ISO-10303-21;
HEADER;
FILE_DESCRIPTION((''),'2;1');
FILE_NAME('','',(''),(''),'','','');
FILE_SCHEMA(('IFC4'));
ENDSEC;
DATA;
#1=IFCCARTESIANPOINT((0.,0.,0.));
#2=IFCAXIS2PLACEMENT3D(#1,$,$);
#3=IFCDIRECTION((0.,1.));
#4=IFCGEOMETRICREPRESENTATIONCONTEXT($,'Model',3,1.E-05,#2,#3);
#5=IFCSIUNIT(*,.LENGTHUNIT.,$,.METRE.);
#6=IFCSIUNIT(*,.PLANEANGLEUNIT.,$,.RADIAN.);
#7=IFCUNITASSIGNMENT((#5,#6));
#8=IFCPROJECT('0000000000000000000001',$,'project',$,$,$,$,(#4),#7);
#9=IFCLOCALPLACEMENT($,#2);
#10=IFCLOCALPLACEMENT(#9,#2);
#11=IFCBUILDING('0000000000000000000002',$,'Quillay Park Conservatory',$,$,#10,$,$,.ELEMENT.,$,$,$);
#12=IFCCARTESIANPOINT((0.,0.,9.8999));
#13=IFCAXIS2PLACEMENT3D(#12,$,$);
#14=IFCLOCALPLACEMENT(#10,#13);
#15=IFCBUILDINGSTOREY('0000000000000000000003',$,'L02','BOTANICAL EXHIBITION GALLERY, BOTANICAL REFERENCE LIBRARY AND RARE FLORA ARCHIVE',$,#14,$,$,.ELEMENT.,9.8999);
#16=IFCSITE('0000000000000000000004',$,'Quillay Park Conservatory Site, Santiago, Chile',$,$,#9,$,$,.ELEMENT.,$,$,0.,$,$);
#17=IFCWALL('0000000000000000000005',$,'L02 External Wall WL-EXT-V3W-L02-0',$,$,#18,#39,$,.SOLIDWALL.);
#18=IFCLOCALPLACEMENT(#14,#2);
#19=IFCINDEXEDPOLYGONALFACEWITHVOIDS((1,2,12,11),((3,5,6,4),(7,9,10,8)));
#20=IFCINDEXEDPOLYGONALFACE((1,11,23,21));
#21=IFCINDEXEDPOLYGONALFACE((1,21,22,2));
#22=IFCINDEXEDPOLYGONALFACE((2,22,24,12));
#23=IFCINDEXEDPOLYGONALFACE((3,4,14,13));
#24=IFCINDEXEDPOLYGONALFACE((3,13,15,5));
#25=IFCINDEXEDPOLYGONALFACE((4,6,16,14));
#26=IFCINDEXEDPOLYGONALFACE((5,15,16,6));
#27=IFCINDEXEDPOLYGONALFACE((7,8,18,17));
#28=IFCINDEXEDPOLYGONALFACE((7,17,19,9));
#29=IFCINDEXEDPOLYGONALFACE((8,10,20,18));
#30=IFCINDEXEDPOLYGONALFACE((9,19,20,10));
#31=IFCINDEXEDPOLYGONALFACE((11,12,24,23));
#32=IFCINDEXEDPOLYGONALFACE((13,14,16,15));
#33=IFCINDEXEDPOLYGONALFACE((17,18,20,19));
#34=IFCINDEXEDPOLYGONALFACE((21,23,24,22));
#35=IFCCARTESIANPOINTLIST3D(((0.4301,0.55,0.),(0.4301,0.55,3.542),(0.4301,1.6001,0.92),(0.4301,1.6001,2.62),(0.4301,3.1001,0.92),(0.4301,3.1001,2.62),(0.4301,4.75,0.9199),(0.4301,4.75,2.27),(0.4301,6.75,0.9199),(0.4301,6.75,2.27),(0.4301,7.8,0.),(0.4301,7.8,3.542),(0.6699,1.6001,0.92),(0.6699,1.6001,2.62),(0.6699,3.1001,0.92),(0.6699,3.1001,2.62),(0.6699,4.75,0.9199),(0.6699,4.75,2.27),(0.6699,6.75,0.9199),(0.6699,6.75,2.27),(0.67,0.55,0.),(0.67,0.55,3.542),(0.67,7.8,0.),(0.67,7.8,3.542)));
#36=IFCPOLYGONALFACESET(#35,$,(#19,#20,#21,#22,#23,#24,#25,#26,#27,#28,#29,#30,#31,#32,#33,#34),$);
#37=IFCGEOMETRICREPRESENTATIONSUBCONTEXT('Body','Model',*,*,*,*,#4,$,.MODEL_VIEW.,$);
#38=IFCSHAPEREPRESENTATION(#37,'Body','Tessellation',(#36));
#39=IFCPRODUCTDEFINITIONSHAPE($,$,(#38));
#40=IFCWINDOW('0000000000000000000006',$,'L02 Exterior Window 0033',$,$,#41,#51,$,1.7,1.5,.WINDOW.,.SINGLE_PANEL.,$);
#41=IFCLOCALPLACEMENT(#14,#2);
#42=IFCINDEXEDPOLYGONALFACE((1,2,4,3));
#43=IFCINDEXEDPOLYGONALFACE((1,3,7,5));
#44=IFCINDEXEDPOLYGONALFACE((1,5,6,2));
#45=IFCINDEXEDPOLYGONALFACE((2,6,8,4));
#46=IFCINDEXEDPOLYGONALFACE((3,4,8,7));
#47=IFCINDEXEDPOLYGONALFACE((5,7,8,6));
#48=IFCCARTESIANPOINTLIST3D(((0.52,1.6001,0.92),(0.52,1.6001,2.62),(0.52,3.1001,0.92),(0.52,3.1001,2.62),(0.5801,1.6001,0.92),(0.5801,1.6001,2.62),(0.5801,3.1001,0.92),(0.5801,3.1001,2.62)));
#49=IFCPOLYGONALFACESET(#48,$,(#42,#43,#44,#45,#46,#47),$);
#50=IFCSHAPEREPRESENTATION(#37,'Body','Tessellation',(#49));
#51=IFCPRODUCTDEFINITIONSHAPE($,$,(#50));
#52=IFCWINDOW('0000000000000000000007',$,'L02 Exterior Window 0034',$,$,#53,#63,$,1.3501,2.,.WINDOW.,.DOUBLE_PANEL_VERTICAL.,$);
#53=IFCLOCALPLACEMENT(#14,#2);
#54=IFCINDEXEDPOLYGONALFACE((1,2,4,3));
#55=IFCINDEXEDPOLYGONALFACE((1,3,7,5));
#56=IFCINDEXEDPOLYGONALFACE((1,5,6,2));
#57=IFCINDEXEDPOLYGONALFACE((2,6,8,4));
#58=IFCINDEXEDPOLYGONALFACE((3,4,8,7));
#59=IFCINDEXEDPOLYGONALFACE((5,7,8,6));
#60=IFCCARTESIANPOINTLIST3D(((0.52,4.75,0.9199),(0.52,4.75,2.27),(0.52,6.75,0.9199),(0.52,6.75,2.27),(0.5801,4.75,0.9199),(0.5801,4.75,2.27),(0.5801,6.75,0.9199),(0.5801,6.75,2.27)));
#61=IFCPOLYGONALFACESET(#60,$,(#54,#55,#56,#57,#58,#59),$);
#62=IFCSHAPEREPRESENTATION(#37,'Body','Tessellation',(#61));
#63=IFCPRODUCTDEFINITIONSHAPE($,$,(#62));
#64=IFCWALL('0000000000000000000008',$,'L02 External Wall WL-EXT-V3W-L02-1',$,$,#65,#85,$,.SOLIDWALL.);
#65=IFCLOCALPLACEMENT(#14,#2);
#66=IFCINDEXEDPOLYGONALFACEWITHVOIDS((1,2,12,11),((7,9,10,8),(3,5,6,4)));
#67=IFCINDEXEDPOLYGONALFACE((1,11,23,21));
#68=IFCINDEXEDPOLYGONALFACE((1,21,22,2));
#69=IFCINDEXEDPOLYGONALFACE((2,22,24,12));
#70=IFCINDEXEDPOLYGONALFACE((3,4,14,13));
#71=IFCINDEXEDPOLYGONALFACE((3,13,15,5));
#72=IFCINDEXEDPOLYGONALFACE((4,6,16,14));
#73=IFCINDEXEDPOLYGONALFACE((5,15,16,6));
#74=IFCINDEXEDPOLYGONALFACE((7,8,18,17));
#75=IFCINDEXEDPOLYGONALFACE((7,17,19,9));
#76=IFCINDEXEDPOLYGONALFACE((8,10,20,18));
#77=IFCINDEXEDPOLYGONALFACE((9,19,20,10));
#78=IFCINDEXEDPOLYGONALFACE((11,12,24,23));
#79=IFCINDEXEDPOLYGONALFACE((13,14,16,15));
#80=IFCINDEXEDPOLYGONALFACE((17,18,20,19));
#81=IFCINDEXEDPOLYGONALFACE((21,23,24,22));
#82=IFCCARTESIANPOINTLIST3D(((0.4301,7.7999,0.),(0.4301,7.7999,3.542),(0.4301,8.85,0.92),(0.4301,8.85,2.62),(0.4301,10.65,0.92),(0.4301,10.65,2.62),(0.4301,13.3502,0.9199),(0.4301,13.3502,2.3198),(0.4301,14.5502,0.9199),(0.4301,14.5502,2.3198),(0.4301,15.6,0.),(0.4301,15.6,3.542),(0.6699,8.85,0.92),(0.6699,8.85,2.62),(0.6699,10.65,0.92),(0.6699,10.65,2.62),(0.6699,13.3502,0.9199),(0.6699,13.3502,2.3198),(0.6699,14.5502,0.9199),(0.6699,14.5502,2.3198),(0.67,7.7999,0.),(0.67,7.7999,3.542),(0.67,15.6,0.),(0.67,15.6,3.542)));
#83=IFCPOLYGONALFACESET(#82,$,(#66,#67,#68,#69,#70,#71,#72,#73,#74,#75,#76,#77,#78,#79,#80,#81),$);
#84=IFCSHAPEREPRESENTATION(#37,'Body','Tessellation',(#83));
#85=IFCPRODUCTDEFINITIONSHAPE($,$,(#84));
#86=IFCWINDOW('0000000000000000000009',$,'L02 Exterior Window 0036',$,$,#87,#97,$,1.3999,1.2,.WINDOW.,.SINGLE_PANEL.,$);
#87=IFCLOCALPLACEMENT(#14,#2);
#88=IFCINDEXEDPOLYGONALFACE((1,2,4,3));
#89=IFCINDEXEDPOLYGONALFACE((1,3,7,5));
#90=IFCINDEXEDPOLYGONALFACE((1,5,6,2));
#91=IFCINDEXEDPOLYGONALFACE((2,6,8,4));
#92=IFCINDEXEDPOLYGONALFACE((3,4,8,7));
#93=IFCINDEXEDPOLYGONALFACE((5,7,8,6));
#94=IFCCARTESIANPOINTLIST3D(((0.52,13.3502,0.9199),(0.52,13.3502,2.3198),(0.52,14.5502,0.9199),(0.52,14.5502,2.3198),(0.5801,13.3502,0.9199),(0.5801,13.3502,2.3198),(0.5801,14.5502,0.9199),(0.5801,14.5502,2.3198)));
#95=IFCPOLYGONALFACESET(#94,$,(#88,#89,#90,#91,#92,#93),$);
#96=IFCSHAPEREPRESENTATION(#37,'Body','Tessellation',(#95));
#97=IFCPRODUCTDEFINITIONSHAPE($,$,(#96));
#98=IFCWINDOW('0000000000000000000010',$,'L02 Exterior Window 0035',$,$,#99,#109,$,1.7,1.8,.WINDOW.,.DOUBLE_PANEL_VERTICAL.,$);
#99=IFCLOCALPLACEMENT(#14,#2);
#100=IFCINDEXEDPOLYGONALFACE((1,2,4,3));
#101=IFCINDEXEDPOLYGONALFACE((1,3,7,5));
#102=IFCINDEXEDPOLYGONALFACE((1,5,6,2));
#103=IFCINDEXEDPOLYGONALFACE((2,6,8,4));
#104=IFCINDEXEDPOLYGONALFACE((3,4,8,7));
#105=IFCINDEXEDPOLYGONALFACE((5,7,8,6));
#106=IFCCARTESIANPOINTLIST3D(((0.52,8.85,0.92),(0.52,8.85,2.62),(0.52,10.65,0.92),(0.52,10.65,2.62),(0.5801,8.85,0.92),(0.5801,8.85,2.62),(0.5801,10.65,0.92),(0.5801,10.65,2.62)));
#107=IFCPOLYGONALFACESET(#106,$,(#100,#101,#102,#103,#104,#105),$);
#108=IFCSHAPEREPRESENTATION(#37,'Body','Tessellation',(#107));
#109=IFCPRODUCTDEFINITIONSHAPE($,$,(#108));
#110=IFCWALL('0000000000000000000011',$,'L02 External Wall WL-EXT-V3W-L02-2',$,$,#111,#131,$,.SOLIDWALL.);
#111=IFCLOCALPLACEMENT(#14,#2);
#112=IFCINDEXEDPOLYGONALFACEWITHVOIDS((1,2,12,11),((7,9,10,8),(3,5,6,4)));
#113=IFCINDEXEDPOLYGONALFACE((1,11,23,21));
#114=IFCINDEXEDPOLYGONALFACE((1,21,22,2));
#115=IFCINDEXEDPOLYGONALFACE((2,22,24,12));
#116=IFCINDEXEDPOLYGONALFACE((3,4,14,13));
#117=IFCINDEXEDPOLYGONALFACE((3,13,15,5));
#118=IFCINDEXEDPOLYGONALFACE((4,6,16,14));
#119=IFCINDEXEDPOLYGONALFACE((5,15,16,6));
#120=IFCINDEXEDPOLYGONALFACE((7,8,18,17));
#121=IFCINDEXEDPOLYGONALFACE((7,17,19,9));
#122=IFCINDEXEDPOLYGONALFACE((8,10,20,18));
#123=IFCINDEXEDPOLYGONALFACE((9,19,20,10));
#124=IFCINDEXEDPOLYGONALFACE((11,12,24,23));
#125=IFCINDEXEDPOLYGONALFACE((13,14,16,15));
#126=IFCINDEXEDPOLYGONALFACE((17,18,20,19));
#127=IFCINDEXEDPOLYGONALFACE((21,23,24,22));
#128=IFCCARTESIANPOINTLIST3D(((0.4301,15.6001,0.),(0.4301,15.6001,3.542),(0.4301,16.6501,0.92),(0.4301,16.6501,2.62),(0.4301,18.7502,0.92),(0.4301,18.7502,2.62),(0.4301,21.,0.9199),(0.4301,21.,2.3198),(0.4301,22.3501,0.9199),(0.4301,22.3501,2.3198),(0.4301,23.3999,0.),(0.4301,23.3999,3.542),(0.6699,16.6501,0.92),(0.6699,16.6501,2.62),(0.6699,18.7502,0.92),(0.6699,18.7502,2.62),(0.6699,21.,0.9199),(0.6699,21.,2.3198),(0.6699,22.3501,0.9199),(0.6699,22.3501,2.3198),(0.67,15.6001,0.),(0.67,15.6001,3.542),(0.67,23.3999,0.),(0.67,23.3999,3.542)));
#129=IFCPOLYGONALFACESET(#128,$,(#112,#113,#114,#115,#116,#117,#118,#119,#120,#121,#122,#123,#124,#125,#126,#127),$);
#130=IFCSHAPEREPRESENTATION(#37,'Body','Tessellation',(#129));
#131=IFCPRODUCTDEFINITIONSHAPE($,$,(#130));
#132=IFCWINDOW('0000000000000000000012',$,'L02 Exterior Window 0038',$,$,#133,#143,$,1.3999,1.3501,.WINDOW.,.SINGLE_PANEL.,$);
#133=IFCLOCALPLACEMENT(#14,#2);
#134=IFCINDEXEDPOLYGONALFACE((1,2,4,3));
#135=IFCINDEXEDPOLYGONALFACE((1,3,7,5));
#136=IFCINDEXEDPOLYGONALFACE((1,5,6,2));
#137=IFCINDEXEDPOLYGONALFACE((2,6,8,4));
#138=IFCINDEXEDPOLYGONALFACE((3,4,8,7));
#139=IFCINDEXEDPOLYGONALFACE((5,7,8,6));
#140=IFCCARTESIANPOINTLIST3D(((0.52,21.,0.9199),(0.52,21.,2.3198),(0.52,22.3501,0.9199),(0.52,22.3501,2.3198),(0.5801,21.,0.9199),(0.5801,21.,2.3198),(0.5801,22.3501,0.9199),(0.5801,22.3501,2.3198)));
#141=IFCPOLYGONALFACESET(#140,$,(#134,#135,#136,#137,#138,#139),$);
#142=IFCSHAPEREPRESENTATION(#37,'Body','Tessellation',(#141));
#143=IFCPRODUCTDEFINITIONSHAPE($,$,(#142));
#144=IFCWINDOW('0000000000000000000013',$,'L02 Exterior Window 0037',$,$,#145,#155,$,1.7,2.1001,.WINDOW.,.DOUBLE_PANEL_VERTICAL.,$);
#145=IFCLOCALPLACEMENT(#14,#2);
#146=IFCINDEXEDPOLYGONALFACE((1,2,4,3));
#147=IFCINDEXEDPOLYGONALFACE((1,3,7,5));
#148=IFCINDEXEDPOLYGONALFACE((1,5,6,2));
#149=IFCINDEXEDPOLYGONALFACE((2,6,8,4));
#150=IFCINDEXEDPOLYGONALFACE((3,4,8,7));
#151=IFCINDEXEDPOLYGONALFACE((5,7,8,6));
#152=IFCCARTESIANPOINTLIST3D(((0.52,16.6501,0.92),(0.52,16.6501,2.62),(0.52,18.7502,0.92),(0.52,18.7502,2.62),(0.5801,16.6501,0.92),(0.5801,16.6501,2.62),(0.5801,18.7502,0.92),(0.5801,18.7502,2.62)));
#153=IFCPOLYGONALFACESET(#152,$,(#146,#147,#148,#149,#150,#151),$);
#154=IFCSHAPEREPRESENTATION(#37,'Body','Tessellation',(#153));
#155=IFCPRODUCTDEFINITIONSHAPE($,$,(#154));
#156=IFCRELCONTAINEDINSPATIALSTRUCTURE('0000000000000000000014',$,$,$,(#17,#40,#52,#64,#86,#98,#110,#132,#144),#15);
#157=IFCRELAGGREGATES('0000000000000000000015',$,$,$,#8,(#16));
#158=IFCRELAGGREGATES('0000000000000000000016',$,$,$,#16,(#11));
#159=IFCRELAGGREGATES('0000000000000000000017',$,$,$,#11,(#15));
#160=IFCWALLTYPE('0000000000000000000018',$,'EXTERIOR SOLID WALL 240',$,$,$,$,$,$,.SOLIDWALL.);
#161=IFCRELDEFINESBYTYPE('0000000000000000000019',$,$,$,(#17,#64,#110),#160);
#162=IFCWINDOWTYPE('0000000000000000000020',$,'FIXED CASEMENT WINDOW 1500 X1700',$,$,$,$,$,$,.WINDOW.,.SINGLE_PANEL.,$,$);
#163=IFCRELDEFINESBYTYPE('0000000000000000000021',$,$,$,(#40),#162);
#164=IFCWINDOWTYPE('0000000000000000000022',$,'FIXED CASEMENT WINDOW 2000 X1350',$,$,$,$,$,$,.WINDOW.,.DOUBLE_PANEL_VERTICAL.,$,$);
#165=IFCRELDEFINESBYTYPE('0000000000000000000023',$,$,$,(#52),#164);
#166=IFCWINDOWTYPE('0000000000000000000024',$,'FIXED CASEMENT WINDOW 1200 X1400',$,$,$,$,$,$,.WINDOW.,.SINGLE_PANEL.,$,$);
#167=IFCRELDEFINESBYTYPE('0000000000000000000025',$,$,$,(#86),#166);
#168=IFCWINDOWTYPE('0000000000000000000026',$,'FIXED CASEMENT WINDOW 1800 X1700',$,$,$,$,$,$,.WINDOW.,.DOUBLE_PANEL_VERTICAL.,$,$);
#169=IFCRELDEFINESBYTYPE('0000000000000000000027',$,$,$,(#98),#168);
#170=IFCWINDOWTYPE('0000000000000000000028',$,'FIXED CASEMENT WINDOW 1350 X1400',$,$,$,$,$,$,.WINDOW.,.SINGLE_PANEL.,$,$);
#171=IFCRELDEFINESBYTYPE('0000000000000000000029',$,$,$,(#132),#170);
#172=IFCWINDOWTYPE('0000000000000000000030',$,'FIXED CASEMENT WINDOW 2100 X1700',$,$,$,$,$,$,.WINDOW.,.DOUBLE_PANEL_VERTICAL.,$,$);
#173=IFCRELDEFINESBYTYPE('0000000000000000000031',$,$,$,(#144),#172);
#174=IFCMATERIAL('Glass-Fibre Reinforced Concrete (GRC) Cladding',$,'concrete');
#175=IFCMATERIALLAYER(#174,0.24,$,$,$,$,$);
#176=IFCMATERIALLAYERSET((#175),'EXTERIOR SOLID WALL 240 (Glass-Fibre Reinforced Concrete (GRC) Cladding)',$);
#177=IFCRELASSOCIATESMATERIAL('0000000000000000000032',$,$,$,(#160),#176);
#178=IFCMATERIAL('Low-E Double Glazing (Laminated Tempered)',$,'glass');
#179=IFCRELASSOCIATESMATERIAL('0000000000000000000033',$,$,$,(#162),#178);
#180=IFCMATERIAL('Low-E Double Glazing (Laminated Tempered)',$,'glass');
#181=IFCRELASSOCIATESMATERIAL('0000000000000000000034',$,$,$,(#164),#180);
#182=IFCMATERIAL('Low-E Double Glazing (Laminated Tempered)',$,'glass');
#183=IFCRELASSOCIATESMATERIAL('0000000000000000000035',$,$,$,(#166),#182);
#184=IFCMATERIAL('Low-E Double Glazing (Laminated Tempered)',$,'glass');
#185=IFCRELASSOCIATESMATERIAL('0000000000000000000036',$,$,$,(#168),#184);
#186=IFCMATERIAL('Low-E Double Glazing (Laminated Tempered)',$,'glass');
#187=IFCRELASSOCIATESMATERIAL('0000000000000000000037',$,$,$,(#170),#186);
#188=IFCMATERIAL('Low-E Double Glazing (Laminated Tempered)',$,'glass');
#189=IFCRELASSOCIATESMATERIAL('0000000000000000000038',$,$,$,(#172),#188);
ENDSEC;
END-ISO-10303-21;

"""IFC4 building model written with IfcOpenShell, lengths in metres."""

from ifc_helpers import new_model, si_unit, direction, frame, frame_2d, origin, place, context, subcontext, project, spatial, rectangle, extrude, material, layer, layer_set, type_object, element, fill, save


model = new_model("IFC4")

# Units and contexts
model_context = context("Model", 3, precision=1e-05, world=origin(), true_north=direction((0.0, 1.0)))
body_context = subcontext(model_context, "Body", "Model", "MODEL_VIEW")
ifc_project = project(units=[si_unit("LENGTHUNIT", "METRE"), si_unit("PLANEANGLEUNIT", "RADIAN")], contexts=[model_context])

# Site, building, storey
site_placement = place(None, origin())
site = spatial("IfcSite", under=ifc_project, at=site_placement, Name="Quillay Park Conservatory Site, Santiago, Chile", CompositionType="ELEMENT", RefElevation=0.0)
building_placement = place(site_placement, origin())
building = spatial("IfcBuilding", under=site, at=building_placement, Name="Quillay Park Conservatory", CompositionType="ELEMENT")
storey_placement = place(building_placement, frame((0.0, 0.0, 9.8999)))
storey = spatial("IfcBuildingStorey", under=building, at=storey_placement, Name="L02", Description="BOTANICAL EXHIBITION GALLERY, BOTANICAL REFERENCE LIBRARY AND RARE FLORA ARCHIVE", CompositionType="ELEMENT", Elevation=9.8999)

# Walls, openings, windows
ifc_material_1 = material(Name="Glass-Fibre Reinforced Concrete (GRC) Cladding", Category="concrete")
ifc_layer_1 = layer(ifc_material_1, 0.24)
ifc_layer_set_1 = layer_set([ifc_layer_1], Name="EXTERIOR SOLID WALL 240 (Glass-Fibre Reinforced Concrete (GRC) Cladding)")
wall_type_1 = type_object("IfcWallType", Name="EXTERIOR SOLID WALL 240", PredefinedType="SOLIDWALL", material=ifc_layer_set_1)
wall_1_placement = place(storey_placement, frame((0.55, 0.55, 0.0), z_axis=(0.0, 0.0, 1.0), x_axis=(0.0, 1.0, 0.0)))
wall_1 = element("IfcWall", 1, at=wall_1_placement, inside=storey, type_object=wall_type_1, Name="L02 External Wall WL-EXT-V3W-L02-0", PredefinedType="SOLIDWALL", context=body_context, shape_type="SweptSolid", body=[
    extrude(rectangle(XDim=7.25, YDim=0.24, at=frame_2d((3.625, 0.0))), origin(), (0.0, 0.0, 1.0), 3.542),
])
opening_1_placement = place(wall_1_placement, frame((1.05, 0.0, 0.9199)))
opening_1 = element("IfcOpeningElement", 2, at=opening_1_placement, cuts=wall_1, PredefinedType="OPENING", context=body_context, shape_type="SweptSolid", body=[
    extrude(rectangle(XDim=1.5, YDim=1.7, at=frame_2d((0.75, 0.8501))), frame((0.0, 0.1201, 0.0), z_axis=(0.0, -1.0, 0.0), x_axis=(1.0, 0.0, 0.0)), (0.0, 0.0, 1.0), 0.24),
])
opening_2_placement = place(wall_1_placement, frame((4.2, 0.0, 0.9199)))
opening_2 = element("IfcOpeningElement", 3, at=opening_2_placement, cuts=wall_1, PredefinedType="OPENING", context=body_context, shape_type="SweptSolid", body=[
    extrude(rectangle(XDim=2.0, YDim=1.3501, at=frame_2d((1.0, 0.675))), frame((0.0, 0.1201, 0.0), z_axis=(0.0, -1.0, 0.0), x_axis=(1.0, 0.0, 0.0)), (0.0, 0.0, 1.0), 0.24),
])
ifc_material_2 = material(Name="Low-E Double Glazing (Laminated Tempered)", Category="glass")
window_type_1 = type_object("IfcWindowType", Name="FIXED CASEMENT WINDOW 1500 X1700", PartitioningType="SINGLE_PANEL", PredefinedType="WINDOW", material=ifc_material_2)
window_1_placement = place(opening_1_placement, origin())
window_1 = element("IfcWindow", 4, at=window_1_placement, inside=storey, type_object=window_type_1, Name="L02 Exterior Window 0033", OverallHeight=1.7, OverallWidth=1.5, PartitioningType="SINGLE_PANEL", PredefinedType="WINDOW", context=body_context, shape_type="SweptSolid", body=[
    extrude(rectangle(XDim=1.5, YDim=1.7, at=frame_2d((0.75, 0.8501))), frame((0.0, 0.03, 0.0), z_axis=(0.0, -1.0, 0.0), x_axis=(1.0, 0.0, 0.0)), (0.0, 0.0, 1.0), 0.0601),
])
fill(opening_1, window_1)
ifc_material_3 = material(Name="Low-E Double Glazing (Laminated Tempered)", Category="glass")
window_type_2 = type_object("IfcWindowType", Name="FIXED CASEMENT WINDOW 2000 X1350", PartitioningType="DOUBLE_PANEL_VERTICAL", PredefinedType="WINDOW", material=ifc_material_3)
window_2_placement = place(opening_2_placement, origin())
window_2 = element("IfcWindow", 5, at=window_2_placement, inside=storey, type_object=window_type_2, Name="L02 Exterior Window 0034", OverallHeight=1.3501, OverallWidth=2.0, PartitioningType="DOUBLE_PANEL_VERTICAL", PredefinedType="WINDOW", context=body_context, shape_type="SweptSolid", body=[
    extrude(rectangle(XDim=2.0, YDim=1.3501, at=frame_2d((1.0, 0.675))), frame((0.0, 0.03, 0.0), z_axis=(0.0, -1.0, 0.0), x_axis=(1.0, 0.0, 0.0)), (0.0, 0.0, 1.0), 0.0601),
])
fill(opening_2, window_2)
wall_2_placement = place(storey_placement, frame((0.55, 7.8, 0.0), z_axis=(0.0, 0.0, 1.0), x_axis=(0.0, 1.0, 0.0)))
wall_2 = element("IfcWall", 6, at=wall_2_placement, inside=storey, type_object=wall_type_1, Name="L02 External Wall WL-EXT-V3W-L02-1", PredefinedType="SOLIDWALL", context=body_context, shape_type="SweptSolid", body=[
    extrude(rectangle(XDim=7.8, YDim=0.24, at=frame_2d((3.8999, 0.0))), origin(), (0.0, 0.0, 1.0), 3.542),
])
opening_3_placement = place(wall_2_placement, frame((1.05, 0.0, 0.9199)))
opening_3 = element("IfcOpeningElement", 7, at=opening_3_placement, cuts=wall_2, PredefinedType="OPENING", context=body_context, shape_type="SweptSolid", body=[
    extrude(rectangle(XDim=1.8, YDim=1.7, at=frame_2d((0.8999, 0.8501))), frame((0.0, 0.1201, 0.0), z_axis=(0.0, -1.0, 0.0), x_axis=(1.0, 0.0, 0.0)), (0.0, 0.0, 1.0), 0.24),
])
opening_4_placement = place(wall_2_placement, frame((5.55, 0.0, 0.9199)))
opening_4 = element("IfcOpeningElement", 8, at=opening_4_placement, cuts=wall_2, PredefinedType="OPENING", context=body_context, shape_type="SweptSolid", body=[
    extrude(rectangle(XDim=1.2, YDim=1.3999, at=frame_2d((0.6001, 0.7))), frame((0.0, 0.1201, 0.0), z_axis=(0.0, -1.0, 0.0), x_axis=(1.0, 0.0, 0.0)), (0.0, 0.0, 1.0), 0.24),
])
ifc_material_4 = material(Name="Low-E Double Glazing (Laminated Tempered)", Category="glass")
window_type_3 = type_object("IfcWindowType", Name="FIXED CASEMENT WINDOW 1200 X1400", PartitioningType="SINGLE_PANEL", PredefinedType="WINDOW", material=ifc_material_4)
window_3_placement = place(opening_4_placement, origin())
window_3 = element("IfcWindow", 9, at=window_3_placement, inside=storey, type_object=window_type_3, Name="L02 Exterior Window 0036", OverallHeight=1.3999, OverallWidth=1.2, PartitioningType="SINGLE_PANEL", PredefinedType="WINDOW", context=body_context, shape_type="SweptSolid", body=[
    extrude(rectangle(XDim=1.2, YDim=1.3999, at=frame_2d((0.6001, 0.7))), frame((0.0, 0.03, 0.0), z_axis=(0.0, -1.0, 0.0), x_axis=(1.0, 0.0, 0.0)), (0.0, 0.0, 1.0), 0.0601),
])
fill(opening_4, window_3)
ifc_material_5 = material(Name="Low-E Double Glazing (Laminated Tempered)", Category="glass")
window_type_4 = type_object("IfcWindowType", Name="FIXED CASEMENT WINDOW 1800 X1700", PartitioningType="DOUBLE_PANEL_VERTICAL", PredefinedType="WINDOW", material=ifc_material_5)
window_4_placement = place(opening_3_placement, origin())
window_4 = element("IfcWindow", 10, at=window_4_placement, inside=storey, type_object=window_type_4, Name="L02 Exterior Window 0035", OverallHeight=1.7, OverallWidth=1.8, PartitioningType="DOUBLE_PANEL_VERTICAL", PredefinedType="WINDOW", context=body_context, shape_type="SweptSolid", body=[
    extrude(rectangle(XDim=1.8, YDim=1.7, at=frame_2d((0.8999, 0.8501))), frame((0.0, 0.03, 0.0), z_axis=(0.0, -1.0, 0.0), x_axis=(1.0, 0.0, 0.0)), (0.0, 0.0, 1.0), 0.0601),
])
fill(opening_3, window_4)
wall_3_placement = place(storey_placement, frame((0.55, 15.6001, 0.0), z_axis=(0.0, 0.0, 1.0), x_axis=(0.0, 1.0, 0.0)))
wall_3 = element("IfcWall", 11, at=wall_3_placement, inside=storey, type_object=wall_type_1, Name="L02 External Wall WL-EXT-V3W-L02-2", PredefinedType="SOLIDWALL", context=body_context, shape_type="SweptSolid", body=[
    extrude(rectangle(XDim=7.7998, YDim=0.24, at=frame_2d((3.8999, 0.0))), origin(), (0.0, 0.0, 1.0), 3.542),
])
opening_5_placement = place(wall_3_placement, frame((1.05, 0.0, 0.9199)))
opening_5 = element("IfcOpeningElement", 12, at=opening_5_placement, cuts=wall_3, PredefinedType="OPENING", context=body_context, shape_type="SweptSolid", body=[
    extrude(rectangle(XDim=2.1001, YDim=1.7, at=frame_2d((1.05, 0.8501))), frame((0.0, 0.1201, 0.0), z_axis=(0.0, -1.0, 0.0), x_axis=(1.0, 0.0, 0.0)), (0.0, 0.0, 1.0), 0.24),
])
opening_6_placement = place(wall_3_placement, frame((5.3999, 0.0, 0.9199)))
opening_6 = element("IfcOpeningElement", 13, at=opening_6_placement, cuts=wall_3, PredefinedType="OPENING", context=body_context, shape_type="SweptSolid", body=[
    extrude(rectangle(XDim=1.3501, YDim=1.3999, at=frame_2d((0.675, 0.7))), frame((0.0, 0.1201, 0.0), z_axis=(0.0, -1.0, 0.0), x_axis=(1.0, 0.0, 0.0)), (0.0, 0.0, 1.0), 0.24),
])
ifc_material_6 = material(Name="Low-E Double Glazing (Laminated Tempered)", Category="glass")
window_type_5 = type_object("IfcWindowType", Name="FIXED CASEMENT WINDOW 1350 X1400", PartitioningType="SINGLE_PANEL", PredefinedType="WINDOW", material=ifc_material_6)
window_5_placement = place(opening_6_placement, origin())
window_5 = element("IfcWindow", 14, at=window_5_placement, inside=storey, type_object=window_type_5, Name="L02 Exterior Window 0038", OverallHeight=1.3999, OverallWidth=1.3501, PartitioningType="SINGLE_PANEL", PredefinedType="WINDOW", context=body_context, shape_type="SweptSolid", body=[
    extrude(rectangle(XDim=1.3501, YDim=1.3999, at=frame_2d((0.675, 0.7))), frame((0.0, 0.03, 0.0), z_axis=(0.0, -1.0, 0.0), x_axis=(1.0, 0.0, 0.0)), (0.0, 0.0, 1.0), 0.0601),
])
fill(opening_6, window_5)
ifc_material_7 = material(Name="Low-E Double Glazing (Laminated Tempered)", Category="glass")
window_type_6 = type_object("IfcWindowType", Name="FIXED CASEMENT WINDOW 2100 X1700", PartitioningType="DOUBLE_PANEL_VERTICAL", PredefinedType="WINDOW", material=ifc_material_7)
window_6_placement = place(opening_5_placement, origin())
window_6 = element("IfcWindow", 15, at=window_6_placement, inside=storey, type_object=window_type_6, Name="L02 Exterior Window 0037", OverallHeight=1.7, OverallWidth=2.1001, PartitioningType="DOUBLE_PANEL_VERTICAL", PredefinedType="WINDOW", context=body_context, shape_type="SweptSolid", body=[
    extrude(rectangle(XDim=2.1001, YDim=1.7, at=frame_2d((1.05, 0.8501))), frame((0.0, 0.03, 0.0), z_axis=(0.0, -1.0, 0.0), x_axis=(1.0, 0.0, 0.0)), (0.0, 0.0, 1.0), 0.0601),
])
fill(opening_5, window_6)

save(model, "model.ifc")
